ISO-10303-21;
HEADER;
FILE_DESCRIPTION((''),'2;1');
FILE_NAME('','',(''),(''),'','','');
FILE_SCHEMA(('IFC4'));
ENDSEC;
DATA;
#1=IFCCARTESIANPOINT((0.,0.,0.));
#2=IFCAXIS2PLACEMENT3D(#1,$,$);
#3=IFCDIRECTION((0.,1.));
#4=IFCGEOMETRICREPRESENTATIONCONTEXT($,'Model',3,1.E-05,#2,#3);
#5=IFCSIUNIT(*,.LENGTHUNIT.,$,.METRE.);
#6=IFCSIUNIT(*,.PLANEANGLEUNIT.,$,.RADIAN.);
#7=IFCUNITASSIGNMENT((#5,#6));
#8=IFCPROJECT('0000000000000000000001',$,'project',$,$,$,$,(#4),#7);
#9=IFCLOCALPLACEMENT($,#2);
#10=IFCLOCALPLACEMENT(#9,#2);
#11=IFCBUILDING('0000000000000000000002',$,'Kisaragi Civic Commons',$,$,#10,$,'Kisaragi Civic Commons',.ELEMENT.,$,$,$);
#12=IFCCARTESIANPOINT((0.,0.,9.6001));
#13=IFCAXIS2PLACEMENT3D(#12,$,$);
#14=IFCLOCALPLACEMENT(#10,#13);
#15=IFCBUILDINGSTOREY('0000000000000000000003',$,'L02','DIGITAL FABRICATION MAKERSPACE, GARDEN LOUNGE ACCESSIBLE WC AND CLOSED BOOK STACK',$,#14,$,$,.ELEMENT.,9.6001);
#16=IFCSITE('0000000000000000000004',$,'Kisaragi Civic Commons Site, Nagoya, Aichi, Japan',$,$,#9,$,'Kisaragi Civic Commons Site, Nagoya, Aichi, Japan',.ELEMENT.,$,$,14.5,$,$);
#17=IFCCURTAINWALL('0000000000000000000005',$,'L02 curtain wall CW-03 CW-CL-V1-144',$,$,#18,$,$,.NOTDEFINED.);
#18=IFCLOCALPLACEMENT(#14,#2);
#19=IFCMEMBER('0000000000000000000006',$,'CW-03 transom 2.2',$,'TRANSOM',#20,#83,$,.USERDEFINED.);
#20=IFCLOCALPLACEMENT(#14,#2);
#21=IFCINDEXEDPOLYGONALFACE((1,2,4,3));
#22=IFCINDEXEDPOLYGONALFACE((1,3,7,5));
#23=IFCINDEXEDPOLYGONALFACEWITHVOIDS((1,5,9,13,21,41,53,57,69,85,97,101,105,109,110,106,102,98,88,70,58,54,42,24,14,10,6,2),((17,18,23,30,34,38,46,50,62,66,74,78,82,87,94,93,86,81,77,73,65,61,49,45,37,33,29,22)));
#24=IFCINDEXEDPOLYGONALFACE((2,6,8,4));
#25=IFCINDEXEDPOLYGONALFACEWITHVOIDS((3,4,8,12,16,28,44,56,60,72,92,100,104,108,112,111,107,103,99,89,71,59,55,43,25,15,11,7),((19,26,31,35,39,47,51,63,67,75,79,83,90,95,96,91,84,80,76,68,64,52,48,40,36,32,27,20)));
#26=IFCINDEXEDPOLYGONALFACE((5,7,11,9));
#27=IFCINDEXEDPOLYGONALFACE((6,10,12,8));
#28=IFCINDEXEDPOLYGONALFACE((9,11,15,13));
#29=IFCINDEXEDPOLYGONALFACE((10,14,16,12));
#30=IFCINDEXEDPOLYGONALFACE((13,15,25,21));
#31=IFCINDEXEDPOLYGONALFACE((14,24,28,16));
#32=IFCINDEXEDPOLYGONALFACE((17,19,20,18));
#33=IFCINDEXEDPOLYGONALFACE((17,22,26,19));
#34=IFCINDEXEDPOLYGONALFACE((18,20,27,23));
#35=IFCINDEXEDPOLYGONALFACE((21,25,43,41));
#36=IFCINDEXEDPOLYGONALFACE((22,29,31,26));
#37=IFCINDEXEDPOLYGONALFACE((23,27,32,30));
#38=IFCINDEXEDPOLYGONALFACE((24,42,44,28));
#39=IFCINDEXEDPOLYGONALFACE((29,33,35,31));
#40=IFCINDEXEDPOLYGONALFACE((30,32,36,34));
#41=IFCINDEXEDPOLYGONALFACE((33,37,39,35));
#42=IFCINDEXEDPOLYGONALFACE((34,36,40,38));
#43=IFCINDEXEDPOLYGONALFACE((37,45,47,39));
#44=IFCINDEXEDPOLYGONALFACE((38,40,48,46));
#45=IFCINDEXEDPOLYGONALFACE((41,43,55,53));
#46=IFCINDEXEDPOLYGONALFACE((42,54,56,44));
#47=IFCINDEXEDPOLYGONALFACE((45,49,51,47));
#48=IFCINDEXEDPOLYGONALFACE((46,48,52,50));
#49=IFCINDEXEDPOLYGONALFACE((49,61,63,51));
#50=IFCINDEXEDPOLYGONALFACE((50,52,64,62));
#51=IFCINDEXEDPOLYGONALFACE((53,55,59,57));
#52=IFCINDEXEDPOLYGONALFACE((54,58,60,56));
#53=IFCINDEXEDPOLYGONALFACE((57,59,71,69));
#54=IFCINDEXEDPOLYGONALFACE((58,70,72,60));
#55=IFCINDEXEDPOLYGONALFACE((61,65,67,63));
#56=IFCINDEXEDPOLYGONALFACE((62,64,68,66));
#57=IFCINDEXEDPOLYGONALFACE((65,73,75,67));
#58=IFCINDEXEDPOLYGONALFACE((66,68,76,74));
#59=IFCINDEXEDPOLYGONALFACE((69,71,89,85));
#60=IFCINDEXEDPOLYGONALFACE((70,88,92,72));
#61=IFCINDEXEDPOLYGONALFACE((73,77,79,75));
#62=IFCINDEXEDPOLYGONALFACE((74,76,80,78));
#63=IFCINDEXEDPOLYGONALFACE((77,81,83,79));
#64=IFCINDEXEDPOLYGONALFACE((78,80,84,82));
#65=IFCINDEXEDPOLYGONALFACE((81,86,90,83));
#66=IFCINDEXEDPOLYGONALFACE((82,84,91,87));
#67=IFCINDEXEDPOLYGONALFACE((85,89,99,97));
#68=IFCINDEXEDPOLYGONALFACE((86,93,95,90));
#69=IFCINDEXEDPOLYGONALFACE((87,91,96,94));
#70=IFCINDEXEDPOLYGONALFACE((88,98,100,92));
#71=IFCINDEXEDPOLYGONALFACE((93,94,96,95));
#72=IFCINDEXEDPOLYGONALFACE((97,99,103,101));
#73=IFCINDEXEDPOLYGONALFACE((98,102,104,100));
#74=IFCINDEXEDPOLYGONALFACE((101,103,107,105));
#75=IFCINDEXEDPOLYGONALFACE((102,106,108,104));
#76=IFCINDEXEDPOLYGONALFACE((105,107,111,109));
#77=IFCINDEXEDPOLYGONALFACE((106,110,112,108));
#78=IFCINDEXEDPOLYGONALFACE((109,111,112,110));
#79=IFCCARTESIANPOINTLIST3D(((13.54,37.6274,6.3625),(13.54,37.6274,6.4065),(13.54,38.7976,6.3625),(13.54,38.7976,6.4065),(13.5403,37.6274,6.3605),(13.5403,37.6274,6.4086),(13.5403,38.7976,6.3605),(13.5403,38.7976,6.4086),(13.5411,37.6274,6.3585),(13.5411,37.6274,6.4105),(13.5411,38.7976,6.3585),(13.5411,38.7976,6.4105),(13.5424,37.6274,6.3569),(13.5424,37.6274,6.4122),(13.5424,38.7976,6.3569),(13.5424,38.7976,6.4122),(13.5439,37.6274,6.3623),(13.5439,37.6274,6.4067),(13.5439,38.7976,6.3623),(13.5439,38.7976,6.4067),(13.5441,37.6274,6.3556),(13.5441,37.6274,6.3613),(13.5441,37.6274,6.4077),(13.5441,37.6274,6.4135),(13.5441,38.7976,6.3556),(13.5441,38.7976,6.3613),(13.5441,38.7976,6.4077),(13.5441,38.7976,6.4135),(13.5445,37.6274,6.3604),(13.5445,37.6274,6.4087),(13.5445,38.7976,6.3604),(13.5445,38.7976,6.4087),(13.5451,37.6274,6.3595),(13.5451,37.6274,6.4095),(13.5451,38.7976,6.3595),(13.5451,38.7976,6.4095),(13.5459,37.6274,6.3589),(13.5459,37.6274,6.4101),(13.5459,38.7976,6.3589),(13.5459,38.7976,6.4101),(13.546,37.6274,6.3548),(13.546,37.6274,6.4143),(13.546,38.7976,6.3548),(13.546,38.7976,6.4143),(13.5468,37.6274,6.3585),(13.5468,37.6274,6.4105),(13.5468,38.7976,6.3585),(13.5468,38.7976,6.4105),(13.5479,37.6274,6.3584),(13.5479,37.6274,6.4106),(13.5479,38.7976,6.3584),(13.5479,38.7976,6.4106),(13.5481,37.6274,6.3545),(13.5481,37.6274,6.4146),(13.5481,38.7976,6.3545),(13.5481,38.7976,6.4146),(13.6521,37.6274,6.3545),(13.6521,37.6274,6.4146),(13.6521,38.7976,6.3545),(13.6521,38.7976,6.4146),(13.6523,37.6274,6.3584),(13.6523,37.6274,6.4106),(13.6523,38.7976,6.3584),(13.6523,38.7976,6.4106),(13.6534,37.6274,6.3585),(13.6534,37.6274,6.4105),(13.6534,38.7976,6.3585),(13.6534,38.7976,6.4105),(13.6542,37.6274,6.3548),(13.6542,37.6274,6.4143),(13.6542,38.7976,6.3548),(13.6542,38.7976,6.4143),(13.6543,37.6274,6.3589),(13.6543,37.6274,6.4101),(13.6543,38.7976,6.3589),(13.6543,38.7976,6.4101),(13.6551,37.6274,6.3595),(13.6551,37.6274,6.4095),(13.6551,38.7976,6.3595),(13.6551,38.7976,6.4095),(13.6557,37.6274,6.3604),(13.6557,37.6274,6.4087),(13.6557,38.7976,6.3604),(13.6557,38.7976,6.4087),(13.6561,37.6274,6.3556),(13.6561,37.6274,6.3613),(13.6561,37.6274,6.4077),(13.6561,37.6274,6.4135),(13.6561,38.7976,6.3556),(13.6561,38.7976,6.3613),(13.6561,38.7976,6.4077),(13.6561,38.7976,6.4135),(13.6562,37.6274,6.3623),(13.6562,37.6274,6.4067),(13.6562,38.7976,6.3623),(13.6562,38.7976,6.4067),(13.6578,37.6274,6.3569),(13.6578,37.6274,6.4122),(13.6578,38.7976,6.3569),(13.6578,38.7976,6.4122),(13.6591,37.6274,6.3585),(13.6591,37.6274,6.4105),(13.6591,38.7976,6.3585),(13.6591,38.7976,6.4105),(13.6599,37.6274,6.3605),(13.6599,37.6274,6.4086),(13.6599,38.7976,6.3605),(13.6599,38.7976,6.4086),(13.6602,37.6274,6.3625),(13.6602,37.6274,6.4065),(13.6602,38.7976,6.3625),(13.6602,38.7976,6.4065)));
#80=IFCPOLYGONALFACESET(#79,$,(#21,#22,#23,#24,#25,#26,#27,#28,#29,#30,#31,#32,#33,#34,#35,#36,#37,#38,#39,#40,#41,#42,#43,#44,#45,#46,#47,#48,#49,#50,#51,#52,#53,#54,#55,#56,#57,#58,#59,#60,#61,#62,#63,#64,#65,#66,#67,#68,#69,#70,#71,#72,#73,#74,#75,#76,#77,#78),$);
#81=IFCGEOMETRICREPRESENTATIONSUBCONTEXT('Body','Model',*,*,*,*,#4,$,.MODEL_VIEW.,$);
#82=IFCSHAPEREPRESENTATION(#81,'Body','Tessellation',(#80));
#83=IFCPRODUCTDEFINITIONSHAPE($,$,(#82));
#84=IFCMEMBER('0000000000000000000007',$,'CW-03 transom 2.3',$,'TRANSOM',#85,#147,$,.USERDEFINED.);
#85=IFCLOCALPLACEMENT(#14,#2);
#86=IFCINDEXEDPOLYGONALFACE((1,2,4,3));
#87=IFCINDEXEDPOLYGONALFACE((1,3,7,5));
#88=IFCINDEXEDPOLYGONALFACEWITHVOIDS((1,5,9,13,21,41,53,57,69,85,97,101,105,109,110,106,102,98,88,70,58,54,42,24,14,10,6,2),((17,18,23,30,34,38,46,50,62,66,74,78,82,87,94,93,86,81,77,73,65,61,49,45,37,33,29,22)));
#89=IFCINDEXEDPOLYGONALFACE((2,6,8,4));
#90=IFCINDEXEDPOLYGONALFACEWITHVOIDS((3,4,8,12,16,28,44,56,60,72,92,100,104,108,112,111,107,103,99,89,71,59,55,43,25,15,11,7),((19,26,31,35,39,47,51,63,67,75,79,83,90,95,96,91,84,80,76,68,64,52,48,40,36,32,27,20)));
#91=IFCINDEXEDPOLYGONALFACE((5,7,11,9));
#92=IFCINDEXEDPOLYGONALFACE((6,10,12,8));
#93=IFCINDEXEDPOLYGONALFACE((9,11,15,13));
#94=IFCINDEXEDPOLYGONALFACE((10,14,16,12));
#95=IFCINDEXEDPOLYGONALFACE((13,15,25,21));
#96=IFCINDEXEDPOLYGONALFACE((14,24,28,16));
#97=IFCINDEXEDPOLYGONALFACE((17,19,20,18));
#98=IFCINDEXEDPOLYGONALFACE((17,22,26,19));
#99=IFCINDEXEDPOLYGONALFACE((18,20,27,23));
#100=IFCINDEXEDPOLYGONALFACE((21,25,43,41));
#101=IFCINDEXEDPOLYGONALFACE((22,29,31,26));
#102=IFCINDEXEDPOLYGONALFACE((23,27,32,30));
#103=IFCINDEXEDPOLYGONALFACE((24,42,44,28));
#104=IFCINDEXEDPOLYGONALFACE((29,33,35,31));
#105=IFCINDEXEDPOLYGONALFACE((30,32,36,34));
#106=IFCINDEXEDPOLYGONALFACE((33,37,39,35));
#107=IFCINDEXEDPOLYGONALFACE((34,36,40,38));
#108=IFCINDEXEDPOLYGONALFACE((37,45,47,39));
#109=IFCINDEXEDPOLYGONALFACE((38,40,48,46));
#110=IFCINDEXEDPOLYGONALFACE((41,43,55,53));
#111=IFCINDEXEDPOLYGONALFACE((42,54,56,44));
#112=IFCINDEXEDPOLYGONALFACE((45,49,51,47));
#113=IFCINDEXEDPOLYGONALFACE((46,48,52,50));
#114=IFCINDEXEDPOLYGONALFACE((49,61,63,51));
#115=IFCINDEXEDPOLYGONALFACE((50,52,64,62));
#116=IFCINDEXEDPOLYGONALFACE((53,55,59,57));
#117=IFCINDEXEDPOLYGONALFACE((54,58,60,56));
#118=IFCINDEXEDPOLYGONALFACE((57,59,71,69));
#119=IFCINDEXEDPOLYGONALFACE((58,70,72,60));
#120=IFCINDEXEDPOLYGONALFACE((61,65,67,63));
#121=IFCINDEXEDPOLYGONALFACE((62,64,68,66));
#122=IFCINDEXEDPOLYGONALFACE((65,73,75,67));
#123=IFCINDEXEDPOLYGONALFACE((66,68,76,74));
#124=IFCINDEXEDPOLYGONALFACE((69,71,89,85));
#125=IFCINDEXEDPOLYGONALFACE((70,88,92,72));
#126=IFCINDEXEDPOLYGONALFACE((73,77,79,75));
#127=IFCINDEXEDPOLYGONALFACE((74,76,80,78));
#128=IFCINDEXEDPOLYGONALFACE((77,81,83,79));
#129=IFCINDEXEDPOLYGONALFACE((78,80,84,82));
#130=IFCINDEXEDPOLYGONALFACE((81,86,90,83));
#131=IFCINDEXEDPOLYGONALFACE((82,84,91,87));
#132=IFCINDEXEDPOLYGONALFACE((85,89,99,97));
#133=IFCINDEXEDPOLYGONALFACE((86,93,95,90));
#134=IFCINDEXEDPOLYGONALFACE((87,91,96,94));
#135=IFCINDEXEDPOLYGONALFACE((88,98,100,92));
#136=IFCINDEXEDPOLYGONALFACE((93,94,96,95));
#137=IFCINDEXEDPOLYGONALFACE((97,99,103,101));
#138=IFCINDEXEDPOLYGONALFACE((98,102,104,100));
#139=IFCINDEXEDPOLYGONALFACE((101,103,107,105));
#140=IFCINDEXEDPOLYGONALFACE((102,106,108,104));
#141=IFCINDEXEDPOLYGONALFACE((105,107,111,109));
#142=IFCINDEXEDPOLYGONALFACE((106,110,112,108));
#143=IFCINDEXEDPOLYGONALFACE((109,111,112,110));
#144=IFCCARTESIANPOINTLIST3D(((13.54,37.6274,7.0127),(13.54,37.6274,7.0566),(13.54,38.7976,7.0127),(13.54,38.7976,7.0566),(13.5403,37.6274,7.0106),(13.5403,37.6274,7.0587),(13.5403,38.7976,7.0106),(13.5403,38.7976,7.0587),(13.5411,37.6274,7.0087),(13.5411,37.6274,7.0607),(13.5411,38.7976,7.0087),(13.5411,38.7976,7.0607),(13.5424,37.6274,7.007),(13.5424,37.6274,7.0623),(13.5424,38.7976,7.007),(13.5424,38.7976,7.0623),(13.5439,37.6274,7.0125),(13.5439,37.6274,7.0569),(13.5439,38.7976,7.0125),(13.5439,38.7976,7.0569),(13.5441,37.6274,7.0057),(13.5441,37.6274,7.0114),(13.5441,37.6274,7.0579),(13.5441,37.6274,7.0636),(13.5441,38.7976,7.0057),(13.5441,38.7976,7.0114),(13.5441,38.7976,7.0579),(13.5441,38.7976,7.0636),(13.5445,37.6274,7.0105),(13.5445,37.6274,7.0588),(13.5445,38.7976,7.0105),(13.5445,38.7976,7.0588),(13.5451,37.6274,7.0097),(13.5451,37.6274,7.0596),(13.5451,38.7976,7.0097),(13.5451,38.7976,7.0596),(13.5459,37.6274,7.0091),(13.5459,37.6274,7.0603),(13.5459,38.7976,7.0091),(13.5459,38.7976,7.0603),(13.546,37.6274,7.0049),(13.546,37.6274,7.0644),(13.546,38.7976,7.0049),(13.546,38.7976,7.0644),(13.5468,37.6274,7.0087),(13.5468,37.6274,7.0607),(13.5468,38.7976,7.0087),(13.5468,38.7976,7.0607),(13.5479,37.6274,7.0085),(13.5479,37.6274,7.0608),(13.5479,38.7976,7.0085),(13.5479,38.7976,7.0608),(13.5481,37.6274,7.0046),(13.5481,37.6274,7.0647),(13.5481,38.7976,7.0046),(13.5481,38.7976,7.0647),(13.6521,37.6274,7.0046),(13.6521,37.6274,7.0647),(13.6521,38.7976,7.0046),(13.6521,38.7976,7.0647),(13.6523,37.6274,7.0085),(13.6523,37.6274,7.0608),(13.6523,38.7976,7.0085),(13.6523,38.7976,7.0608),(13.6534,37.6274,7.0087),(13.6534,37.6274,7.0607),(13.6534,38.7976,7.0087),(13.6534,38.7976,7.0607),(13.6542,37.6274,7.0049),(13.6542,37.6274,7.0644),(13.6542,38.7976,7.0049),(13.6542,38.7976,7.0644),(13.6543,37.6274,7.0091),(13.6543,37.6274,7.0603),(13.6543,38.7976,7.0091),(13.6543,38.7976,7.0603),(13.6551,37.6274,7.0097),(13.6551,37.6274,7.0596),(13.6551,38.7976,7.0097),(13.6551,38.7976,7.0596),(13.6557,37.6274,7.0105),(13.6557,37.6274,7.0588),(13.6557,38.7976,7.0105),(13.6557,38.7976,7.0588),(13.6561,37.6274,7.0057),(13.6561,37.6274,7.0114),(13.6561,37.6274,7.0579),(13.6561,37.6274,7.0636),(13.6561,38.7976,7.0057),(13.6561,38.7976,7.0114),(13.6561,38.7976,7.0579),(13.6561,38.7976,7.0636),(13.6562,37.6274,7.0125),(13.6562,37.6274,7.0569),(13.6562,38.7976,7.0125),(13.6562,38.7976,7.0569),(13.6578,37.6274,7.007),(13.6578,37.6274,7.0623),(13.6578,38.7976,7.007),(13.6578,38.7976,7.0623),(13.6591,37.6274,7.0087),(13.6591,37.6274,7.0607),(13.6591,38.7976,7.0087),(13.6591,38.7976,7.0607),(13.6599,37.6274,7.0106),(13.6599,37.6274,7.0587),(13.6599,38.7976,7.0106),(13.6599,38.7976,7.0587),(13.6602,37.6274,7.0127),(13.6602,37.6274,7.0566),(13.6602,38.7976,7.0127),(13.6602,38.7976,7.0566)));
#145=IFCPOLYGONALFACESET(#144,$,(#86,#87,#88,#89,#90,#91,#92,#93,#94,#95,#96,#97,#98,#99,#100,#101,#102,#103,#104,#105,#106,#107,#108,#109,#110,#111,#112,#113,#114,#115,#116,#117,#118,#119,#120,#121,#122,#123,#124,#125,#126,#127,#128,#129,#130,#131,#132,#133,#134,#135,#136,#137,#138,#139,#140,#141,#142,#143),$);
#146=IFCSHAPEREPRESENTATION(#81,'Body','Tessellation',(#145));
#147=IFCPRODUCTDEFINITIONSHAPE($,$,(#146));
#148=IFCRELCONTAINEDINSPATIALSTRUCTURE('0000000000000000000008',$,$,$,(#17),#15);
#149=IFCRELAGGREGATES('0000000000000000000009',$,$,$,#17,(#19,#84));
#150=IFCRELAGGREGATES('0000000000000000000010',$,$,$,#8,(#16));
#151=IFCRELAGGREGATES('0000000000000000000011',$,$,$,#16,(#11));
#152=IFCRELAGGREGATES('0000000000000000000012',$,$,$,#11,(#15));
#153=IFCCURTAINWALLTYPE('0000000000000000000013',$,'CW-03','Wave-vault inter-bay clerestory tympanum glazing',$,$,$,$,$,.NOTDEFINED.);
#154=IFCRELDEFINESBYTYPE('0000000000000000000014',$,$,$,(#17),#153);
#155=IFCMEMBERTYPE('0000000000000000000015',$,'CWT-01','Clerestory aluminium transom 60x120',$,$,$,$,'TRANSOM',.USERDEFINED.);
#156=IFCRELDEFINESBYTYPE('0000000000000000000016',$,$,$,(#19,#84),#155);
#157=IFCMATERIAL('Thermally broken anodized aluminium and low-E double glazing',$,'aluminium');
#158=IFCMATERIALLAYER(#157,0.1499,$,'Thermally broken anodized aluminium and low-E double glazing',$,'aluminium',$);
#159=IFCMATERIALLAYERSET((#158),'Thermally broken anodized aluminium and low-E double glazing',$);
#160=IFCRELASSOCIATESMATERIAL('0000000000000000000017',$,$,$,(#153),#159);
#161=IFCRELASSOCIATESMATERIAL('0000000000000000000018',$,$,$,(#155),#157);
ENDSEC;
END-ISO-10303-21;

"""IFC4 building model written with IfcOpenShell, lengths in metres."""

from ifc_helpers import new_model, si_unit, direction, frame, origin, origin_2d, place, context, subcontext, project, spatial, hollow_rectangle, extrude, material, layer, layer_set, material_profile, profile_set, type_object, element, aggregate, save


model = new_model("IFC4")

# Units and contexts
model_context = context("Model", 3, precision=1e-05, world=origin(), true_north=direction((0.0, 1.0)))
body_context = subcontext(model_context, "Body", "Model", "MODEL_VIEW")
ifc_project = project(units=[si_unit("LENGTHUNIT", "METRE"), si_unit("PLANEANGLEUNIT", "RADIAN")], contexts=[model_context])

# Site, building, storey
site_placement = place(None, origin())
site = spatial("IfcSite", under=ifc_project, at=site_placement, Name="Kisaragi Civic Commons Site, Nagoya, Aichi, Japan", LongName="Kisaragi Civic Commons Site, Nagoya, Aichi, Japan", CompositionType="ELEMENT", RefElevation=14.5)
building_placement = place(site_placement, origin())
building = spatial("IfcBuilding", under=site, at=building_placement, Name="Kisaragi Civic Commons", LongName="Kisaragi Civic Commons", CompositionType="ELEMENT")
storey_placement = place(building_placement, frame((0.0, 0.0, 9.6001)))
storey = spatial("IfcBuildingStorey", under=building, at=storey_placement, Name="L02", Description="DIGITAL FABRICATION MAKERSPACE, GARDEN LOUNGE ACCESSIBLE WC AND CLOSED BOOK STACK", CompositionType="ELEMENT", Elevation=9.6001)

# Shared definitions
ifc_material_1 = material(Name="Thermally broken anodized aluminium and low-E double glazing", Category="aluminium")
ifc_layer_1 = layer(ifc_material_1, 0.1499, Name="Thermally broken anodized aluminium and low-E double glazing", Category="aluminium")
ifc_layer_set_1 = layer_set([ifc_layer_1], Name="Thermally broken anodized aluminium and low-E double glazing")
curtain_wall_type = type_object("IfcCurtainWallType", Name="CW-03", Description="Wave-vault inter-bay clerestory tympanum glazing", PredefinedType="NOTDEFINED", material=ifc_layer_set_1)
ifc_material_profile_1 = material_profile(ifc_material_1, hollow_rectangle(XDim=0.1201, YDim=0.0601, WallThickness=0.0039, InnerFilletRadius=0.0039, OuterFilletRadius=0.0081, at=origin_2d()), Name="CWT-60x120x4", Category="aluminium")
ifc_profile_set_1 = profile_set([ifc_material_profile_1], Name="Thermally broken anodized aluminium and low-E double glazing")
member_type_1 = type_object("IfcMemberType", Name="CWT-01", Description="Clerestory aluminium transom 60x120", ElementType="TRANSOM", PredefinedType="USERDEFINED", material=ifc_profile_set_1)

# Curtain wall, members
curtain_wall_1_placement = place(storey_placement, origin())
curtain_wall_1 = element("IfcCurtainWall", 1, at=curtain_wall_1_placement, inside=storey, type_object=curtain_wall_type, Name="L02 curtain wall CW-03 CW-CL-V1-144", PredefinedType="NOTDEFINED")
member_1_placement = place(storey_placement, frame((13.6001, 37.6274, 6.3845), z_axis=(0.0, 1.0, 0.0), x_axis=(-1.0, 0.0, 0.0)))
member_1 = element("IfcMember", 2, at=member_1_placement, type_object=member_type_1, Name="CW-03 transom 2.2", ObjectType="TRANSOM", PredefinedType="USERDEFINED", context=body_context, shape_type="SweptSolid", body=[
    extrude(hollow_rectangle(XDim=0.1201, YDim=0.0601, WallThickness=0.0039, InnerFilletRadius=0.0039, OuterFilletRadius=0.0081, at=origin_2d()), origin(), (0.0, 0.0, 1.0), 1.1702),
])
member_2_placement = place(storey_placement, frame((13.6001, 37.6274, 7.0347), z_axis=(0.0, 1.0, 0.0), x_axis=(-1.0, 0.0, 0.0)))
member_2 = element("IfcMember", 3, at=member_2_placement, type_object=member_type_1, Name="CW-03 transom 2.3", ObjectType="TRANSOM", PredefinedType="USERDEFINED", context=body_context, shape_type="SweptSolid", body=[
    extrude(hollow_rectangle(XDim=0.1201, YDim=0.0601, WallThickness=0.0039, InnerFilletRadius=0.0039, OuterFilletRadius=0.0081, at=origin_2d()), origin(), (0.0, 0.0, 1.0), 1.1702),
])

aggregate(curtain_wall_1, [member_1, member_2])

save(model, "model.ifc")
